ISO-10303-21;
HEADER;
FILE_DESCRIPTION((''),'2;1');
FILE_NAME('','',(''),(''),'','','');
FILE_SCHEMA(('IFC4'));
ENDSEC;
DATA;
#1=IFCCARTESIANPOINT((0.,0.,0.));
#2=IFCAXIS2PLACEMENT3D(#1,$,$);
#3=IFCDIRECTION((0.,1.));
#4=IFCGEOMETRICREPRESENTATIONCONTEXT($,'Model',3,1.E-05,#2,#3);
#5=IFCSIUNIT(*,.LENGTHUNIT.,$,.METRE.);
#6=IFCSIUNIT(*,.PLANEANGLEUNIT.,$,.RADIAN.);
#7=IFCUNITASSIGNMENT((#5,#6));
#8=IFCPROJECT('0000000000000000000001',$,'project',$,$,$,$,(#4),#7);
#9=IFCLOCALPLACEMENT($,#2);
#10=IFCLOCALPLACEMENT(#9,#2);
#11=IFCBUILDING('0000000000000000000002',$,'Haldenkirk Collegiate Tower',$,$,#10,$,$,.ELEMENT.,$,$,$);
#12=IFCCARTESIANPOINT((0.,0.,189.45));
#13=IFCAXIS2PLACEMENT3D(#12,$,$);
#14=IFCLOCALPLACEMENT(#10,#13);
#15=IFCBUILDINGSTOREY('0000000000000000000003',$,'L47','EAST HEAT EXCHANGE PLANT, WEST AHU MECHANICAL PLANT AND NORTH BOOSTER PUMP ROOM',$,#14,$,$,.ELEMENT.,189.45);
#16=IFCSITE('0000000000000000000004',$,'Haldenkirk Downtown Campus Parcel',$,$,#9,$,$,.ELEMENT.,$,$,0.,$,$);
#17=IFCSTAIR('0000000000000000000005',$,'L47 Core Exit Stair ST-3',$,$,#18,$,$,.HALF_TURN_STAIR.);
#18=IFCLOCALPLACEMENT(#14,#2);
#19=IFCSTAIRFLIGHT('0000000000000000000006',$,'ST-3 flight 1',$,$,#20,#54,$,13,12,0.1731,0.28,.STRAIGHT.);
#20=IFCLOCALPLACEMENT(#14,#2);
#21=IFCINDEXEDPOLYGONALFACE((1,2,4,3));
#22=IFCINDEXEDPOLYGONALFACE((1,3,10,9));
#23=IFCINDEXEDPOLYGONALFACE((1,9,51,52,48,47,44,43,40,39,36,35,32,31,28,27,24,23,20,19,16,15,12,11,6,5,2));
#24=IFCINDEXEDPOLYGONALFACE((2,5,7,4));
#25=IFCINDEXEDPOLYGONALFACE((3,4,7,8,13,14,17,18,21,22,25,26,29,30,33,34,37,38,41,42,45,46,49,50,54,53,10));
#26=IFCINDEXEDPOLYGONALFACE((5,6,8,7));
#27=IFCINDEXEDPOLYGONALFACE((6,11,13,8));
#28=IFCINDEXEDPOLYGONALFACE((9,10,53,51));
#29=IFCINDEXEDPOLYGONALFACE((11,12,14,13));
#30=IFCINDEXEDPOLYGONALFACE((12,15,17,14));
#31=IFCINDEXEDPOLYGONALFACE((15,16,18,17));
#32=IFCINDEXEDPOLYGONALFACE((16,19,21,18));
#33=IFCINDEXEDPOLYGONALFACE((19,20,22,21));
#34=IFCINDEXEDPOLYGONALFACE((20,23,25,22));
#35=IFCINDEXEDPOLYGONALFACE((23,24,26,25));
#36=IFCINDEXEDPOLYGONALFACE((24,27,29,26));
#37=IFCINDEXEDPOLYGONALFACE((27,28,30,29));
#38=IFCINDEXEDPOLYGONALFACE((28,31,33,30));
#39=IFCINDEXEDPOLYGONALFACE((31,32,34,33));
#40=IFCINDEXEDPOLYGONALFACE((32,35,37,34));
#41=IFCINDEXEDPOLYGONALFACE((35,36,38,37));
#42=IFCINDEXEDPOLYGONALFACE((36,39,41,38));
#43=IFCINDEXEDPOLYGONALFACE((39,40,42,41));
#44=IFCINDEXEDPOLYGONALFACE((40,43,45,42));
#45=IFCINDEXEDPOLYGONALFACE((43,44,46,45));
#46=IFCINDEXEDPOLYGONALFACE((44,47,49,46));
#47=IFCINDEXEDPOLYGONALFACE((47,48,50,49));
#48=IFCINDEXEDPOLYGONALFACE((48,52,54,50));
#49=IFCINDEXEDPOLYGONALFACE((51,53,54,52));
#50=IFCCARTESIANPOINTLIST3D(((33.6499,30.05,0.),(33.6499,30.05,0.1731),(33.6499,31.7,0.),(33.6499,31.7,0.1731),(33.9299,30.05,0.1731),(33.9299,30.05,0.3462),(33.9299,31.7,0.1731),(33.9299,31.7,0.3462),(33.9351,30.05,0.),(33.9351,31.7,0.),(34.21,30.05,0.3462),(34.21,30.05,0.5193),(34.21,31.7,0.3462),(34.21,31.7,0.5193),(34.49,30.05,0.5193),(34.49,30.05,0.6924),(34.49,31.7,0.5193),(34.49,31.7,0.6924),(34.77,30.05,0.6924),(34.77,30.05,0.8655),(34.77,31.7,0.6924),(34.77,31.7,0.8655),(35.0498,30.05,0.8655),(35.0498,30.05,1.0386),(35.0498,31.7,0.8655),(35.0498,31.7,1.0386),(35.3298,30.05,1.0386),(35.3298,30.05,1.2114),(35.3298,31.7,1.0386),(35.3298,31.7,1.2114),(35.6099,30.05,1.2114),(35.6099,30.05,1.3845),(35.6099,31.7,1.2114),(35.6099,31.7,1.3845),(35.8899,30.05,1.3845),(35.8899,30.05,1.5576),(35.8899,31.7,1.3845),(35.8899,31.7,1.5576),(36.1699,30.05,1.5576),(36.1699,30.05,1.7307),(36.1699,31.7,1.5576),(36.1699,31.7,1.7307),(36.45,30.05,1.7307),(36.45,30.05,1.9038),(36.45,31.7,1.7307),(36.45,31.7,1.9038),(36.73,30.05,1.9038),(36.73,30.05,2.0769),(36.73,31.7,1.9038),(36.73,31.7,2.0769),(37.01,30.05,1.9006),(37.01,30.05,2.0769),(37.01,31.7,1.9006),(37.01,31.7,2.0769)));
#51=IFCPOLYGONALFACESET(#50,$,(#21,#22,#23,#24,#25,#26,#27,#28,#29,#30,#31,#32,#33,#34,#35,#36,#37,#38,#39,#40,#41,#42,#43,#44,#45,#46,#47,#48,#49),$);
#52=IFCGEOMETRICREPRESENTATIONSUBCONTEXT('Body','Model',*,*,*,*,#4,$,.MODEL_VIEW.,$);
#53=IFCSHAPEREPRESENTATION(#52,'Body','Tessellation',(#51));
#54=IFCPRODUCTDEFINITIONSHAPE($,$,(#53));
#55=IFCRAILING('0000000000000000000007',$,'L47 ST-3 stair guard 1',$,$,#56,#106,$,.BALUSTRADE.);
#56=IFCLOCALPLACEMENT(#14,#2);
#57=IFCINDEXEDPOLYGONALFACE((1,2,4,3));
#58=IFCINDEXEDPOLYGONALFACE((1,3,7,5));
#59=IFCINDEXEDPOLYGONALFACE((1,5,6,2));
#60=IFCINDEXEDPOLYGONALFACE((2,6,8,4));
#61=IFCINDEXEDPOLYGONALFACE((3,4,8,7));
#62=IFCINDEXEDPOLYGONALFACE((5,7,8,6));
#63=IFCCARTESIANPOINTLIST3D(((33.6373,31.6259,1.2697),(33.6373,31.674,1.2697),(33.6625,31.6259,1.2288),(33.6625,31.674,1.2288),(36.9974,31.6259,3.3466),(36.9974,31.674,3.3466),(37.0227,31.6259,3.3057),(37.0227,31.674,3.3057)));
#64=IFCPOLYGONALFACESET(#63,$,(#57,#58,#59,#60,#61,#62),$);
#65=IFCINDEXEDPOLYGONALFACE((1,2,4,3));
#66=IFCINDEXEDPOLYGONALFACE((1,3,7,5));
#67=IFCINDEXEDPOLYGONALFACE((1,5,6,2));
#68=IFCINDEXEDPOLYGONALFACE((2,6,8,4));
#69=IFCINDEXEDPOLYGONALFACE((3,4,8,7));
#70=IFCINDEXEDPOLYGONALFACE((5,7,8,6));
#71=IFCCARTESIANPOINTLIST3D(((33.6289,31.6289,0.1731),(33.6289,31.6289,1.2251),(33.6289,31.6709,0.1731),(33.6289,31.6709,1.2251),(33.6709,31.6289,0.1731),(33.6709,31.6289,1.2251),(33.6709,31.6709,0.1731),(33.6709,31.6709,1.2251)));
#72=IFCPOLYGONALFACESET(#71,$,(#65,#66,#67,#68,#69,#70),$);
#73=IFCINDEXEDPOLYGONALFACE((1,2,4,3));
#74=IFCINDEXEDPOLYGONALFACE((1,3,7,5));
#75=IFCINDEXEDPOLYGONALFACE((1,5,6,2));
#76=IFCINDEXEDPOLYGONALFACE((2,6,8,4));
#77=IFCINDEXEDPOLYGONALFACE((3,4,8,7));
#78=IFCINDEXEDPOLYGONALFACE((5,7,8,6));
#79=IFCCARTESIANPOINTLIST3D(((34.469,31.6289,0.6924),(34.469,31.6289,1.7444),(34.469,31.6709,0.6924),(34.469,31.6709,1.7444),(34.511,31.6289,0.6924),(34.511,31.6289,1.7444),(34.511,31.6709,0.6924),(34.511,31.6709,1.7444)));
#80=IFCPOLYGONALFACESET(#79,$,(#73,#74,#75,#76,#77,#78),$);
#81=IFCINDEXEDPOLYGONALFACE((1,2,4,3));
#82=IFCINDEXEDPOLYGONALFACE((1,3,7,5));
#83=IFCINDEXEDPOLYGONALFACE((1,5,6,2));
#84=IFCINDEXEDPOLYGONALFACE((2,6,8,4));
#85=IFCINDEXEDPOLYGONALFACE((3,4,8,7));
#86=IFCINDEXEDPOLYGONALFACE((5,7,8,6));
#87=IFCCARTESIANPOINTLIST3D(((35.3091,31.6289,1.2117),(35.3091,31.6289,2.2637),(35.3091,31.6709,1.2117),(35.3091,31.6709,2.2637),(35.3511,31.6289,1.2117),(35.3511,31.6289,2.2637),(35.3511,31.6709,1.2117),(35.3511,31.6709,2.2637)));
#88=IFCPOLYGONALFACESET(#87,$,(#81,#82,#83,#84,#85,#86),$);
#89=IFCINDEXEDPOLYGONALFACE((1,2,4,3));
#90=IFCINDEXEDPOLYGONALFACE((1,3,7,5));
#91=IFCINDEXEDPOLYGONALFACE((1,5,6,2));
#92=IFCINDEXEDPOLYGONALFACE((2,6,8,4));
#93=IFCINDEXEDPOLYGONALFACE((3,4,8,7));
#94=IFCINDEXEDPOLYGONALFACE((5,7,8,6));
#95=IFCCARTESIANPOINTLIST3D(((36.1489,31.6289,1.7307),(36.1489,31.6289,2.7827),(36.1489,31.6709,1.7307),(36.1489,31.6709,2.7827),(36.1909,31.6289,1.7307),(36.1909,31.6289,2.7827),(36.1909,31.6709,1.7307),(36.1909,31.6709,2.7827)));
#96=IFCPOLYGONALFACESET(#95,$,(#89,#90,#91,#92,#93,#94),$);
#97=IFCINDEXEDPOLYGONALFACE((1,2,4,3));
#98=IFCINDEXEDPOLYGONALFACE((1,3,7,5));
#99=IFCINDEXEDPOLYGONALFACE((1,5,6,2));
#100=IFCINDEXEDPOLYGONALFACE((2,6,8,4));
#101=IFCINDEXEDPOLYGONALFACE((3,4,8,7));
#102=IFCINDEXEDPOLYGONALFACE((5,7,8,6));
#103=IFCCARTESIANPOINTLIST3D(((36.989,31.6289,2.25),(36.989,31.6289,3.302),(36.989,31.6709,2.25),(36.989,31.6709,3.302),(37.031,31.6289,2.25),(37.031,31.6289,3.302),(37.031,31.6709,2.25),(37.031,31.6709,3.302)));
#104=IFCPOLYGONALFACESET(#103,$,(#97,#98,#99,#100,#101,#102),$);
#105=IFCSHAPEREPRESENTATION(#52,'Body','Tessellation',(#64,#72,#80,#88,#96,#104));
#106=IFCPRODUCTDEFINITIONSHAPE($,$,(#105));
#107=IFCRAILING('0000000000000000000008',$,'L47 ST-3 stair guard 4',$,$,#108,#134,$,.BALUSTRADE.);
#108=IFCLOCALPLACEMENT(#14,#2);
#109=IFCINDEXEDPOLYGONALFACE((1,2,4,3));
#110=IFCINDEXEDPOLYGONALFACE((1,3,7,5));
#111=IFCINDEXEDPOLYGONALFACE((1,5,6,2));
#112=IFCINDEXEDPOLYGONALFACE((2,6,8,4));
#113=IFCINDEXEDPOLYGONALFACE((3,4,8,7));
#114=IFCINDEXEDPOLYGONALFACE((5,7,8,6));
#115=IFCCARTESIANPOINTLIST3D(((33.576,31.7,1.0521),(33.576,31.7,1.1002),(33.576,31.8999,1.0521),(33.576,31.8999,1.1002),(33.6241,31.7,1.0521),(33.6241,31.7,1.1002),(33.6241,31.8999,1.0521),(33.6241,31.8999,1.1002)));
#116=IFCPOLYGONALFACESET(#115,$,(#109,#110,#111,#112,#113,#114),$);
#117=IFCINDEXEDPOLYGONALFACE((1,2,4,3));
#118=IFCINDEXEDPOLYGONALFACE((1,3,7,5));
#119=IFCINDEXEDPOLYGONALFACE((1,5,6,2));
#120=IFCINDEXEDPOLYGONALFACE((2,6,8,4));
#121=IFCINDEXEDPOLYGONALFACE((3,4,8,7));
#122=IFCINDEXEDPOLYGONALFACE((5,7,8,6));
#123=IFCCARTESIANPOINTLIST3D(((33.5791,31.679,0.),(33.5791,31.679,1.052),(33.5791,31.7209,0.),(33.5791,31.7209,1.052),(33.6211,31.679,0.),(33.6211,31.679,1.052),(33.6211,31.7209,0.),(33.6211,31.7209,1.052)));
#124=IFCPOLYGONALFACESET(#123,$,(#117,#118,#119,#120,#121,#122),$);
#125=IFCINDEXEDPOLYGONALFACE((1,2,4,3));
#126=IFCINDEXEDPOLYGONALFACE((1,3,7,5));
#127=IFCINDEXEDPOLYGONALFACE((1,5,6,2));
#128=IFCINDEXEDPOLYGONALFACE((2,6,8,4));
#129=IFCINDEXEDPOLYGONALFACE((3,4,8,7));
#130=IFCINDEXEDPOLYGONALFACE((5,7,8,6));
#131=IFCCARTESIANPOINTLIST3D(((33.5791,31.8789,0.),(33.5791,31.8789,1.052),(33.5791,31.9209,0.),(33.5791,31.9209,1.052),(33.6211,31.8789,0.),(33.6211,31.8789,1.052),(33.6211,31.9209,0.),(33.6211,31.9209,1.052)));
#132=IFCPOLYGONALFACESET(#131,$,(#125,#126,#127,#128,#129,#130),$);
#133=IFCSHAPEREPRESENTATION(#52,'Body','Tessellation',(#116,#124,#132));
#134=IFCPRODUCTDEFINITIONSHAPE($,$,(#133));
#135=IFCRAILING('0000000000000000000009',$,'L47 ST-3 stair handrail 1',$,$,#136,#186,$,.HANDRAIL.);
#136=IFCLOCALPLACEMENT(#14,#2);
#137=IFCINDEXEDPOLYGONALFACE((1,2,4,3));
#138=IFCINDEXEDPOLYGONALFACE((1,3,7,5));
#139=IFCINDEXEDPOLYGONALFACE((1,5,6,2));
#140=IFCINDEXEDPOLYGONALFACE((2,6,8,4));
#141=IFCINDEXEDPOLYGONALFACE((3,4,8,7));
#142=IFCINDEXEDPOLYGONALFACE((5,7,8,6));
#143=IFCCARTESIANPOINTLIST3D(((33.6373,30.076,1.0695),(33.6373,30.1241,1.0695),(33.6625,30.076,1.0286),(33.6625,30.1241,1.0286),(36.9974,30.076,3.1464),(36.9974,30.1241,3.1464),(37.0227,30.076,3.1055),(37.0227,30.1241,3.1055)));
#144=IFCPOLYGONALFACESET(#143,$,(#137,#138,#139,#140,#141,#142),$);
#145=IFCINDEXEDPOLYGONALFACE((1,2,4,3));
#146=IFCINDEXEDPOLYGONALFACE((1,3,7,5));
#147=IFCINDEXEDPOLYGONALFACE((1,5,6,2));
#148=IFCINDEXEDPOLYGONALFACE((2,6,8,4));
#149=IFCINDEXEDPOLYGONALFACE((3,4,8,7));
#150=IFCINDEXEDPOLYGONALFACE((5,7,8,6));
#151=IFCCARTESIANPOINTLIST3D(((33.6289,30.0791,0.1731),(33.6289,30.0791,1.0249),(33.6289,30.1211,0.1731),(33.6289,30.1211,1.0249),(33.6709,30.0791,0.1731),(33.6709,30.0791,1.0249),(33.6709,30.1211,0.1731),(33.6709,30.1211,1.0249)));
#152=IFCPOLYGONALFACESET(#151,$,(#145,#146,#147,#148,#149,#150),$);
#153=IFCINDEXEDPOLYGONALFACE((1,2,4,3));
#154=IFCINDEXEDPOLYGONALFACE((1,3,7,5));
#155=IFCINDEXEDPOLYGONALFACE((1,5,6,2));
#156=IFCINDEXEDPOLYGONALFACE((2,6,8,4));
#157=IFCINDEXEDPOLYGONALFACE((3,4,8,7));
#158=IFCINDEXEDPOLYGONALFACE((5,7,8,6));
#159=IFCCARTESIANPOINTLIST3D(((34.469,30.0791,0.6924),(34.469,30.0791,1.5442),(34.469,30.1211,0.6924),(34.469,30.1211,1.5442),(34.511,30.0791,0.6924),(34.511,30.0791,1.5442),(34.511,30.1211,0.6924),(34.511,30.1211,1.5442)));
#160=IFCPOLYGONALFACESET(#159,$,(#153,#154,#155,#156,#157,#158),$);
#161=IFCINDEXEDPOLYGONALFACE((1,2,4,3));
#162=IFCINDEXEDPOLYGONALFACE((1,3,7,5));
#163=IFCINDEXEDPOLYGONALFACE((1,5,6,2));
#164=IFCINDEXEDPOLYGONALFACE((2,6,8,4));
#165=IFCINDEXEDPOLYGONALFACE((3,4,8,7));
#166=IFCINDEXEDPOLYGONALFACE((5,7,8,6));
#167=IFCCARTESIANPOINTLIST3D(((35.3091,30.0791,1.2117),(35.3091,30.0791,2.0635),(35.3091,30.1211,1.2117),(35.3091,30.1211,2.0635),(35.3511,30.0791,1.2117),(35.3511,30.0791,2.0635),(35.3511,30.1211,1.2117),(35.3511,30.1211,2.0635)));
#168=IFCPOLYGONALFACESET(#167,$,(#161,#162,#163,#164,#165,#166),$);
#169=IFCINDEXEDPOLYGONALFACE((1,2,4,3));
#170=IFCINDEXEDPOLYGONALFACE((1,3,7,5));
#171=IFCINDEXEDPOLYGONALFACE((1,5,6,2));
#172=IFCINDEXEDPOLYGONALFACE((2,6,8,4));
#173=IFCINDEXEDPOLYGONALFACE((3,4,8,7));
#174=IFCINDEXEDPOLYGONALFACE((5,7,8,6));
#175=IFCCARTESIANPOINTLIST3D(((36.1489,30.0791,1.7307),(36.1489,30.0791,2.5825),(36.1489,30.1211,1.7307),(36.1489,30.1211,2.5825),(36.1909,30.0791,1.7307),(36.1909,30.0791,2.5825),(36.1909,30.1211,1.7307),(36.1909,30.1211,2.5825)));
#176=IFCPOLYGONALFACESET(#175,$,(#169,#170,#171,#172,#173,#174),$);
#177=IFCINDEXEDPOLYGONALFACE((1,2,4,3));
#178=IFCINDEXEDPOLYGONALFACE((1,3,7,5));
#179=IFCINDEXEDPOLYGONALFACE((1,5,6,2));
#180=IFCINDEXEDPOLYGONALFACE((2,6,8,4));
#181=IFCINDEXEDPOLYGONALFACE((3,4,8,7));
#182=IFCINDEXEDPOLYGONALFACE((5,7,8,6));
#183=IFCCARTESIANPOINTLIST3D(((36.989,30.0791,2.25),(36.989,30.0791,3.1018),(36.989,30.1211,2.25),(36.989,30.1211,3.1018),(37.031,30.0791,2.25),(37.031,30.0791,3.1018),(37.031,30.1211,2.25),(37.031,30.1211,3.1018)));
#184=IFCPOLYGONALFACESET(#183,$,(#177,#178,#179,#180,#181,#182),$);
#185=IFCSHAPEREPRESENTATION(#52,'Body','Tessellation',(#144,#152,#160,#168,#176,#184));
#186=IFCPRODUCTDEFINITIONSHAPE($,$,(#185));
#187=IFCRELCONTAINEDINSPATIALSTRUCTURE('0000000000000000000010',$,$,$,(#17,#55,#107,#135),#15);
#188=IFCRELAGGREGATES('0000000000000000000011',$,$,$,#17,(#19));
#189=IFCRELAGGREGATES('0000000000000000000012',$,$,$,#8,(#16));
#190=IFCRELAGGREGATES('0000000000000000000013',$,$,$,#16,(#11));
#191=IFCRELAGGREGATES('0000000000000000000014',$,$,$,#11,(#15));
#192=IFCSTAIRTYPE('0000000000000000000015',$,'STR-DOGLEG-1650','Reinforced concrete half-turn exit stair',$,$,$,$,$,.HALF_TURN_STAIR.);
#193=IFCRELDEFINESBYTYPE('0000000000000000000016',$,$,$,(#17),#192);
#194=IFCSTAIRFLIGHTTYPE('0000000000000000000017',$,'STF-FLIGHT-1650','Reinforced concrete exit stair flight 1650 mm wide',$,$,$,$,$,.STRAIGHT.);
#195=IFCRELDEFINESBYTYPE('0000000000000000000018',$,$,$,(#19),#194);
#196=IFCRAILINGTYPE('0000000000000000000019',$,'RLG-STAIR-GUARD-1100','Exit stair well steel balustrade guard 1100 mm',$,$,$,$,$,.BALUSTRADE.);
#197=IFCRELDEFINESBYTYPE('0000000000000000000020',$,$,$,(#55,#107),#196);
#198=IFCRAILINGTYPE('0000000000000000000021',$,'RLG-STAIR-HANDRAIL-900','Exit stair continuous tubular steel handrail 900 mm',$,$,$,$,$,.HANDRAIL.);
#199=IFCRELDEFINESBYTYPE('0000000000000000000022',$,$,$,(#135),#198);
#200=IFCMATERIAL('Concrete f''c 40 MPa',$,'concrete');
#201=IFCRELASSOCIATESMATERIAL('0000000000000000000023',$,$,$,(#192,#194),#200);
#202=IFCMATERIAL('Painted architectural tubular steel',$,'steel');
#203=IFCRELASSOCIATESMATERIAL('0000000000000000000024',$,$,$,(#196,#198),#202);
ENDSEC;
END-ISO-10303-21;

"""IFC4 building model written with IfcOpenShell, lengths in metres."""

from ifc_helpers import new_model, si_unit, direction, frame, origin, origin_2d, place, context, subcontext, project, spatial, polyline, rectangle, outline, extrude, material, type_object, element, aggregate, save


model = new_model("IFC4")

# Units and contexts
model_context = context("Model", 3, precision=1e-05, world=origin(), true_north=direction((0.0, 1.0)))
body_context = subcontext(model_context, "Body", "Model", "MODEL_VIEW")
ifc_project = project(units=[si_unit("LENGTHUNIT", "METRE"), si_unit("PLANEANGLEUNIT", "RADIAN")], contexts=[model_context])

# Site, building, storey
site_placement = place(None, origin())
site = spatial("IfcSite", under=ifc_project, at=site_placement, Name="Haldenkirk Downtown Campus Parcel", CompositionType="ELEMENT", RefElevation=0.0)
building_placement = place(site_placement, origin())
building = spatial("IfcBuilding", under=site, at=building_placement, Name="Haldenkirk Collegiate Tower", CompositionType="ELEMENT")
storey_placement = place(building_placement, frame((0.0, 0.0, 189.45)))
storey = spatial("IfcBuildingStorey", under=building, at=storey_placement, Name="L47", Description="EAST HEAT EXCHANGE PLANT, WEST AHU MECHANICAL PLANT AND NORTH BOOSTER PUMP ROOM", CompositionType="ELEMENT", Elevation=189.45)

# Stair, stair flight
ifc_material_1 = material(Name="Concrete f'c 40 MPa", Category="concrete")
stair_type = type_object("IfcStairType", Name="STR-DOGLEG-1650", Description="Reinforced concrete half-turn exit stair", PredefinedType="HALF_TURN_STAIR", material=ifc_material_1)
stair_placement = place(storey_placement, origin())
stair = element("IfcStair", 1, at=stair_placement, inside=storey, type_object=stair_type, Name="L47 Core Exit Stair ST-3", PredefinedType="HALF_TURN_STAIR")
stair_flight_type = type_object("IfcStairFlightType", Name="STF-FLIGHT-1650", Description="Reinforced concrete exit stair flight 1650 mm wide", PredefinedType="STRAIGHT", material=ifc_material_1)
stair_flight_placement = place(storey_placement, frame((33.6499, 30.875, 0.0), z_axis=(0.0, 0.0, 1.0), x_axis=(1.0, 0.0, 0.0)))
stair_flight = element("IfcStairFlight", 2, at=stair_flight_placement, type_object=stair_flight_type, Name="ST-3 flight 1", NumberOfRisers=13, NumberOfTreads=12, PredefinedType="STRAIGHT", RiserHeight=0.1731, TreadLength=0.28, context=body_context, shape_type="SweptSolid", body=[
    extrude(outline(polyline([(0.0, 0.0), (0.0, 0.1731), (0.28, 0.1731), (0.28, 0.3462), (0.5601, 0.3462), (0.5601, 0.5193), (0.8401, 0.5193), (0.8401, 0.6924), (1.1201, 0.6924), (1.1201, 0.8655), (1.3999, 0.8655), (1.3999, 1.0386), (1.6799, 1.0386), (1.6799, 1.2114), (1.96, 1.2114), (1.96, 1.3845), (2.24, 1.3845), (2.24, 1.5576), (2.52, 1.5576), (2.52, 1.7307), (2.8, 1.7307), (2.8, 1.9038), (3.0801, 1.9038), (3.0801, 2.0769), (3.3601, 2.0769), (3.3601, 2.25), (3.3601, 1.9006), (0.2852, 0.0), (0.0, 0.0)])), frame((0.0, 0.825, 0.0), z_axis=(0.0, -1.0, 0.0), x_axis=(1.0, 0.0, 0.0)), (0.0, 0.0, 1.0), 1.6499),
])
aggregate(stair, [stair_flight])

# Railings
ifc_material_2 = material(Name="Painted architectural tubular steel", Category="steel")
railing_type_1 = type_object("IfcRailingType", Name="RLG-STAIR-GUARD-1100", Description="Exit stair well steel balustrade guard 1100 mm", PredefinedType="BALUSTRADE", material=ifc_material_2)
railing_1_placement = place(storey_placement, frame((33.6499, 31.6499, 0.1731)))
element("IfcRailing", 3, at=railing_1_placement, inside=storey, type_object=railing_type_1, Name="L47 ST-3 stair guard 1", PredefinedType="BALUSTRADE", context=body_context, shape_type="SweptSolid", body=[
    extrude(rectangle(XDim=0.0481, YDim=0.0481, at=origin_2d()), frame((0.0, 0.0, 1.0762), z_axis=(0.850623, 0.0, 0.525776), x_axis=(0.0, 1.0, 0.0)), (0.0, 0.0, 1.0), 3.9502),
    extrude(rectangle(XDim=0.042, YDim=0.042, at=origin_2d()), origin(), (0.0, 0.0, 1.0), 1.052),
    extrude(rectangle(XDim=0.042, YDim=0.042, at=origin_2d()), frame((0.8401, 0.0, 0.5193)), (0.0, 0.0, 1.0), 1.052),
    extrude(rectangle(XDim=0.042, YDim=0.042, at=origin_2d()), frame((1.6802, 0.0, 1.0386)), (0.0, 0.0, 1.0), 1.052),
    extrude(rectangle(XDim=0.042, YDim=0.042, at=origin_2d()), frame((2.52, 0.0, 1.5576)), (0.0, 0.0, 1.0), 1.052),
    extrude(rectangle(XDim=0.042, YDim=0.042, at=origin_2d()), frame((3.3601, 0.0, 2.0769)), (0.0, 0.0, 1.0), 1.052),
])
railing_2_placement = place(storey_placement, frame((33.6001, 31.7, 0.0)))
element("IfcRailing", 4, at=railing_2_placement, inside=storey, type_object=railing_type_1, Name="L47 ST-3 stair guard 4", PredefinedType="BALUSTRADE", context=body_context, shape_type="SweptSolid", body=[
    extrude(rectangle(XDim=0.0481, YDim=0.0481, at=origin_2d()), frame((0.0, 0.0, 1.0762), z_axis=(0.0, 1.0, 0.0), x_axis=(-1.0, 0.0, 0.0)), (0.0, 0.0, 1.0), 0.2),
    extrude(rectangle(XDim=0.042, YDim=0.042, at=origin_2d()), origin(), (0.0, 0.0, 1.0), 1.052),
    extrude(rectangle(XDim=0.042, YDim=0.042, at=origin_2d()), frame((0.0, 0.2, 0.0)), (0.0, 0.0, 1.0), 1.052),
])
railing_type_2 = type_object("IfcRailingType", Name="RLG-STAIR-HANDRAIL-900", Description="Exit stair continuous tubular steel handrail 900 mm", PredefinedType="HANDRAIL", material=ifc_material_2)
railing_3_placement = place(storey_placement, frame((33.6499, 30.1001, 0.1731)))
element("IfcRailing", 5, at=railing_3_placement, inside=storey, type_object=railing_type_2, Name="L47 ST-3 stair handrail 1", PredefinedType="HANDRAIL", context=body_context, shape_type="SweptSolid", body=[
    extrude(rectangle(XDim=0.0481, YDim=0.0481, at=origin_2d()), frame((0.0, 0.0, 0.876), z_axis=(0.850623, 0.0, 0.525776), x_axis=(0.0, 1.0, 0.0)), (0.0, 0.0, 1.0), 3.9502),
    extrude(rectangle(XDim=0.042, YDim=0.042, at=origin_2d()), origin(), (0.0, 0.0, 1.0), 0.8518),
    extrude(rectangle(XDim=0.042, YDim=0.042, at=origin_2d()), frame((0.8401, 0.0, 0.5193)), (0.0, 0.0, 1.0), 0.8518),
    extrude(rectangle(XDim=0.042, YDim=0.042, at=origin_2d()), frame((1.6802, 0.0, 1.0386)), (0.0, 0.0, 1.0), 0.8518),
    extrude(rectangle(XDim=0.042, YDim=0.042, at=origin_2d()), frame((2.52, 0.0, 1.5576)), (0.0, 0.0, 1.0), 0.8518),
    extrude(rectangle(XDim=0.042, YDim=0.042, at=origin_2d()), frame((3.3601, 0.0, 2.0769)), (0.0, 0.0, 1.0), 0.8518),
])

save(model, "model.ifc")
